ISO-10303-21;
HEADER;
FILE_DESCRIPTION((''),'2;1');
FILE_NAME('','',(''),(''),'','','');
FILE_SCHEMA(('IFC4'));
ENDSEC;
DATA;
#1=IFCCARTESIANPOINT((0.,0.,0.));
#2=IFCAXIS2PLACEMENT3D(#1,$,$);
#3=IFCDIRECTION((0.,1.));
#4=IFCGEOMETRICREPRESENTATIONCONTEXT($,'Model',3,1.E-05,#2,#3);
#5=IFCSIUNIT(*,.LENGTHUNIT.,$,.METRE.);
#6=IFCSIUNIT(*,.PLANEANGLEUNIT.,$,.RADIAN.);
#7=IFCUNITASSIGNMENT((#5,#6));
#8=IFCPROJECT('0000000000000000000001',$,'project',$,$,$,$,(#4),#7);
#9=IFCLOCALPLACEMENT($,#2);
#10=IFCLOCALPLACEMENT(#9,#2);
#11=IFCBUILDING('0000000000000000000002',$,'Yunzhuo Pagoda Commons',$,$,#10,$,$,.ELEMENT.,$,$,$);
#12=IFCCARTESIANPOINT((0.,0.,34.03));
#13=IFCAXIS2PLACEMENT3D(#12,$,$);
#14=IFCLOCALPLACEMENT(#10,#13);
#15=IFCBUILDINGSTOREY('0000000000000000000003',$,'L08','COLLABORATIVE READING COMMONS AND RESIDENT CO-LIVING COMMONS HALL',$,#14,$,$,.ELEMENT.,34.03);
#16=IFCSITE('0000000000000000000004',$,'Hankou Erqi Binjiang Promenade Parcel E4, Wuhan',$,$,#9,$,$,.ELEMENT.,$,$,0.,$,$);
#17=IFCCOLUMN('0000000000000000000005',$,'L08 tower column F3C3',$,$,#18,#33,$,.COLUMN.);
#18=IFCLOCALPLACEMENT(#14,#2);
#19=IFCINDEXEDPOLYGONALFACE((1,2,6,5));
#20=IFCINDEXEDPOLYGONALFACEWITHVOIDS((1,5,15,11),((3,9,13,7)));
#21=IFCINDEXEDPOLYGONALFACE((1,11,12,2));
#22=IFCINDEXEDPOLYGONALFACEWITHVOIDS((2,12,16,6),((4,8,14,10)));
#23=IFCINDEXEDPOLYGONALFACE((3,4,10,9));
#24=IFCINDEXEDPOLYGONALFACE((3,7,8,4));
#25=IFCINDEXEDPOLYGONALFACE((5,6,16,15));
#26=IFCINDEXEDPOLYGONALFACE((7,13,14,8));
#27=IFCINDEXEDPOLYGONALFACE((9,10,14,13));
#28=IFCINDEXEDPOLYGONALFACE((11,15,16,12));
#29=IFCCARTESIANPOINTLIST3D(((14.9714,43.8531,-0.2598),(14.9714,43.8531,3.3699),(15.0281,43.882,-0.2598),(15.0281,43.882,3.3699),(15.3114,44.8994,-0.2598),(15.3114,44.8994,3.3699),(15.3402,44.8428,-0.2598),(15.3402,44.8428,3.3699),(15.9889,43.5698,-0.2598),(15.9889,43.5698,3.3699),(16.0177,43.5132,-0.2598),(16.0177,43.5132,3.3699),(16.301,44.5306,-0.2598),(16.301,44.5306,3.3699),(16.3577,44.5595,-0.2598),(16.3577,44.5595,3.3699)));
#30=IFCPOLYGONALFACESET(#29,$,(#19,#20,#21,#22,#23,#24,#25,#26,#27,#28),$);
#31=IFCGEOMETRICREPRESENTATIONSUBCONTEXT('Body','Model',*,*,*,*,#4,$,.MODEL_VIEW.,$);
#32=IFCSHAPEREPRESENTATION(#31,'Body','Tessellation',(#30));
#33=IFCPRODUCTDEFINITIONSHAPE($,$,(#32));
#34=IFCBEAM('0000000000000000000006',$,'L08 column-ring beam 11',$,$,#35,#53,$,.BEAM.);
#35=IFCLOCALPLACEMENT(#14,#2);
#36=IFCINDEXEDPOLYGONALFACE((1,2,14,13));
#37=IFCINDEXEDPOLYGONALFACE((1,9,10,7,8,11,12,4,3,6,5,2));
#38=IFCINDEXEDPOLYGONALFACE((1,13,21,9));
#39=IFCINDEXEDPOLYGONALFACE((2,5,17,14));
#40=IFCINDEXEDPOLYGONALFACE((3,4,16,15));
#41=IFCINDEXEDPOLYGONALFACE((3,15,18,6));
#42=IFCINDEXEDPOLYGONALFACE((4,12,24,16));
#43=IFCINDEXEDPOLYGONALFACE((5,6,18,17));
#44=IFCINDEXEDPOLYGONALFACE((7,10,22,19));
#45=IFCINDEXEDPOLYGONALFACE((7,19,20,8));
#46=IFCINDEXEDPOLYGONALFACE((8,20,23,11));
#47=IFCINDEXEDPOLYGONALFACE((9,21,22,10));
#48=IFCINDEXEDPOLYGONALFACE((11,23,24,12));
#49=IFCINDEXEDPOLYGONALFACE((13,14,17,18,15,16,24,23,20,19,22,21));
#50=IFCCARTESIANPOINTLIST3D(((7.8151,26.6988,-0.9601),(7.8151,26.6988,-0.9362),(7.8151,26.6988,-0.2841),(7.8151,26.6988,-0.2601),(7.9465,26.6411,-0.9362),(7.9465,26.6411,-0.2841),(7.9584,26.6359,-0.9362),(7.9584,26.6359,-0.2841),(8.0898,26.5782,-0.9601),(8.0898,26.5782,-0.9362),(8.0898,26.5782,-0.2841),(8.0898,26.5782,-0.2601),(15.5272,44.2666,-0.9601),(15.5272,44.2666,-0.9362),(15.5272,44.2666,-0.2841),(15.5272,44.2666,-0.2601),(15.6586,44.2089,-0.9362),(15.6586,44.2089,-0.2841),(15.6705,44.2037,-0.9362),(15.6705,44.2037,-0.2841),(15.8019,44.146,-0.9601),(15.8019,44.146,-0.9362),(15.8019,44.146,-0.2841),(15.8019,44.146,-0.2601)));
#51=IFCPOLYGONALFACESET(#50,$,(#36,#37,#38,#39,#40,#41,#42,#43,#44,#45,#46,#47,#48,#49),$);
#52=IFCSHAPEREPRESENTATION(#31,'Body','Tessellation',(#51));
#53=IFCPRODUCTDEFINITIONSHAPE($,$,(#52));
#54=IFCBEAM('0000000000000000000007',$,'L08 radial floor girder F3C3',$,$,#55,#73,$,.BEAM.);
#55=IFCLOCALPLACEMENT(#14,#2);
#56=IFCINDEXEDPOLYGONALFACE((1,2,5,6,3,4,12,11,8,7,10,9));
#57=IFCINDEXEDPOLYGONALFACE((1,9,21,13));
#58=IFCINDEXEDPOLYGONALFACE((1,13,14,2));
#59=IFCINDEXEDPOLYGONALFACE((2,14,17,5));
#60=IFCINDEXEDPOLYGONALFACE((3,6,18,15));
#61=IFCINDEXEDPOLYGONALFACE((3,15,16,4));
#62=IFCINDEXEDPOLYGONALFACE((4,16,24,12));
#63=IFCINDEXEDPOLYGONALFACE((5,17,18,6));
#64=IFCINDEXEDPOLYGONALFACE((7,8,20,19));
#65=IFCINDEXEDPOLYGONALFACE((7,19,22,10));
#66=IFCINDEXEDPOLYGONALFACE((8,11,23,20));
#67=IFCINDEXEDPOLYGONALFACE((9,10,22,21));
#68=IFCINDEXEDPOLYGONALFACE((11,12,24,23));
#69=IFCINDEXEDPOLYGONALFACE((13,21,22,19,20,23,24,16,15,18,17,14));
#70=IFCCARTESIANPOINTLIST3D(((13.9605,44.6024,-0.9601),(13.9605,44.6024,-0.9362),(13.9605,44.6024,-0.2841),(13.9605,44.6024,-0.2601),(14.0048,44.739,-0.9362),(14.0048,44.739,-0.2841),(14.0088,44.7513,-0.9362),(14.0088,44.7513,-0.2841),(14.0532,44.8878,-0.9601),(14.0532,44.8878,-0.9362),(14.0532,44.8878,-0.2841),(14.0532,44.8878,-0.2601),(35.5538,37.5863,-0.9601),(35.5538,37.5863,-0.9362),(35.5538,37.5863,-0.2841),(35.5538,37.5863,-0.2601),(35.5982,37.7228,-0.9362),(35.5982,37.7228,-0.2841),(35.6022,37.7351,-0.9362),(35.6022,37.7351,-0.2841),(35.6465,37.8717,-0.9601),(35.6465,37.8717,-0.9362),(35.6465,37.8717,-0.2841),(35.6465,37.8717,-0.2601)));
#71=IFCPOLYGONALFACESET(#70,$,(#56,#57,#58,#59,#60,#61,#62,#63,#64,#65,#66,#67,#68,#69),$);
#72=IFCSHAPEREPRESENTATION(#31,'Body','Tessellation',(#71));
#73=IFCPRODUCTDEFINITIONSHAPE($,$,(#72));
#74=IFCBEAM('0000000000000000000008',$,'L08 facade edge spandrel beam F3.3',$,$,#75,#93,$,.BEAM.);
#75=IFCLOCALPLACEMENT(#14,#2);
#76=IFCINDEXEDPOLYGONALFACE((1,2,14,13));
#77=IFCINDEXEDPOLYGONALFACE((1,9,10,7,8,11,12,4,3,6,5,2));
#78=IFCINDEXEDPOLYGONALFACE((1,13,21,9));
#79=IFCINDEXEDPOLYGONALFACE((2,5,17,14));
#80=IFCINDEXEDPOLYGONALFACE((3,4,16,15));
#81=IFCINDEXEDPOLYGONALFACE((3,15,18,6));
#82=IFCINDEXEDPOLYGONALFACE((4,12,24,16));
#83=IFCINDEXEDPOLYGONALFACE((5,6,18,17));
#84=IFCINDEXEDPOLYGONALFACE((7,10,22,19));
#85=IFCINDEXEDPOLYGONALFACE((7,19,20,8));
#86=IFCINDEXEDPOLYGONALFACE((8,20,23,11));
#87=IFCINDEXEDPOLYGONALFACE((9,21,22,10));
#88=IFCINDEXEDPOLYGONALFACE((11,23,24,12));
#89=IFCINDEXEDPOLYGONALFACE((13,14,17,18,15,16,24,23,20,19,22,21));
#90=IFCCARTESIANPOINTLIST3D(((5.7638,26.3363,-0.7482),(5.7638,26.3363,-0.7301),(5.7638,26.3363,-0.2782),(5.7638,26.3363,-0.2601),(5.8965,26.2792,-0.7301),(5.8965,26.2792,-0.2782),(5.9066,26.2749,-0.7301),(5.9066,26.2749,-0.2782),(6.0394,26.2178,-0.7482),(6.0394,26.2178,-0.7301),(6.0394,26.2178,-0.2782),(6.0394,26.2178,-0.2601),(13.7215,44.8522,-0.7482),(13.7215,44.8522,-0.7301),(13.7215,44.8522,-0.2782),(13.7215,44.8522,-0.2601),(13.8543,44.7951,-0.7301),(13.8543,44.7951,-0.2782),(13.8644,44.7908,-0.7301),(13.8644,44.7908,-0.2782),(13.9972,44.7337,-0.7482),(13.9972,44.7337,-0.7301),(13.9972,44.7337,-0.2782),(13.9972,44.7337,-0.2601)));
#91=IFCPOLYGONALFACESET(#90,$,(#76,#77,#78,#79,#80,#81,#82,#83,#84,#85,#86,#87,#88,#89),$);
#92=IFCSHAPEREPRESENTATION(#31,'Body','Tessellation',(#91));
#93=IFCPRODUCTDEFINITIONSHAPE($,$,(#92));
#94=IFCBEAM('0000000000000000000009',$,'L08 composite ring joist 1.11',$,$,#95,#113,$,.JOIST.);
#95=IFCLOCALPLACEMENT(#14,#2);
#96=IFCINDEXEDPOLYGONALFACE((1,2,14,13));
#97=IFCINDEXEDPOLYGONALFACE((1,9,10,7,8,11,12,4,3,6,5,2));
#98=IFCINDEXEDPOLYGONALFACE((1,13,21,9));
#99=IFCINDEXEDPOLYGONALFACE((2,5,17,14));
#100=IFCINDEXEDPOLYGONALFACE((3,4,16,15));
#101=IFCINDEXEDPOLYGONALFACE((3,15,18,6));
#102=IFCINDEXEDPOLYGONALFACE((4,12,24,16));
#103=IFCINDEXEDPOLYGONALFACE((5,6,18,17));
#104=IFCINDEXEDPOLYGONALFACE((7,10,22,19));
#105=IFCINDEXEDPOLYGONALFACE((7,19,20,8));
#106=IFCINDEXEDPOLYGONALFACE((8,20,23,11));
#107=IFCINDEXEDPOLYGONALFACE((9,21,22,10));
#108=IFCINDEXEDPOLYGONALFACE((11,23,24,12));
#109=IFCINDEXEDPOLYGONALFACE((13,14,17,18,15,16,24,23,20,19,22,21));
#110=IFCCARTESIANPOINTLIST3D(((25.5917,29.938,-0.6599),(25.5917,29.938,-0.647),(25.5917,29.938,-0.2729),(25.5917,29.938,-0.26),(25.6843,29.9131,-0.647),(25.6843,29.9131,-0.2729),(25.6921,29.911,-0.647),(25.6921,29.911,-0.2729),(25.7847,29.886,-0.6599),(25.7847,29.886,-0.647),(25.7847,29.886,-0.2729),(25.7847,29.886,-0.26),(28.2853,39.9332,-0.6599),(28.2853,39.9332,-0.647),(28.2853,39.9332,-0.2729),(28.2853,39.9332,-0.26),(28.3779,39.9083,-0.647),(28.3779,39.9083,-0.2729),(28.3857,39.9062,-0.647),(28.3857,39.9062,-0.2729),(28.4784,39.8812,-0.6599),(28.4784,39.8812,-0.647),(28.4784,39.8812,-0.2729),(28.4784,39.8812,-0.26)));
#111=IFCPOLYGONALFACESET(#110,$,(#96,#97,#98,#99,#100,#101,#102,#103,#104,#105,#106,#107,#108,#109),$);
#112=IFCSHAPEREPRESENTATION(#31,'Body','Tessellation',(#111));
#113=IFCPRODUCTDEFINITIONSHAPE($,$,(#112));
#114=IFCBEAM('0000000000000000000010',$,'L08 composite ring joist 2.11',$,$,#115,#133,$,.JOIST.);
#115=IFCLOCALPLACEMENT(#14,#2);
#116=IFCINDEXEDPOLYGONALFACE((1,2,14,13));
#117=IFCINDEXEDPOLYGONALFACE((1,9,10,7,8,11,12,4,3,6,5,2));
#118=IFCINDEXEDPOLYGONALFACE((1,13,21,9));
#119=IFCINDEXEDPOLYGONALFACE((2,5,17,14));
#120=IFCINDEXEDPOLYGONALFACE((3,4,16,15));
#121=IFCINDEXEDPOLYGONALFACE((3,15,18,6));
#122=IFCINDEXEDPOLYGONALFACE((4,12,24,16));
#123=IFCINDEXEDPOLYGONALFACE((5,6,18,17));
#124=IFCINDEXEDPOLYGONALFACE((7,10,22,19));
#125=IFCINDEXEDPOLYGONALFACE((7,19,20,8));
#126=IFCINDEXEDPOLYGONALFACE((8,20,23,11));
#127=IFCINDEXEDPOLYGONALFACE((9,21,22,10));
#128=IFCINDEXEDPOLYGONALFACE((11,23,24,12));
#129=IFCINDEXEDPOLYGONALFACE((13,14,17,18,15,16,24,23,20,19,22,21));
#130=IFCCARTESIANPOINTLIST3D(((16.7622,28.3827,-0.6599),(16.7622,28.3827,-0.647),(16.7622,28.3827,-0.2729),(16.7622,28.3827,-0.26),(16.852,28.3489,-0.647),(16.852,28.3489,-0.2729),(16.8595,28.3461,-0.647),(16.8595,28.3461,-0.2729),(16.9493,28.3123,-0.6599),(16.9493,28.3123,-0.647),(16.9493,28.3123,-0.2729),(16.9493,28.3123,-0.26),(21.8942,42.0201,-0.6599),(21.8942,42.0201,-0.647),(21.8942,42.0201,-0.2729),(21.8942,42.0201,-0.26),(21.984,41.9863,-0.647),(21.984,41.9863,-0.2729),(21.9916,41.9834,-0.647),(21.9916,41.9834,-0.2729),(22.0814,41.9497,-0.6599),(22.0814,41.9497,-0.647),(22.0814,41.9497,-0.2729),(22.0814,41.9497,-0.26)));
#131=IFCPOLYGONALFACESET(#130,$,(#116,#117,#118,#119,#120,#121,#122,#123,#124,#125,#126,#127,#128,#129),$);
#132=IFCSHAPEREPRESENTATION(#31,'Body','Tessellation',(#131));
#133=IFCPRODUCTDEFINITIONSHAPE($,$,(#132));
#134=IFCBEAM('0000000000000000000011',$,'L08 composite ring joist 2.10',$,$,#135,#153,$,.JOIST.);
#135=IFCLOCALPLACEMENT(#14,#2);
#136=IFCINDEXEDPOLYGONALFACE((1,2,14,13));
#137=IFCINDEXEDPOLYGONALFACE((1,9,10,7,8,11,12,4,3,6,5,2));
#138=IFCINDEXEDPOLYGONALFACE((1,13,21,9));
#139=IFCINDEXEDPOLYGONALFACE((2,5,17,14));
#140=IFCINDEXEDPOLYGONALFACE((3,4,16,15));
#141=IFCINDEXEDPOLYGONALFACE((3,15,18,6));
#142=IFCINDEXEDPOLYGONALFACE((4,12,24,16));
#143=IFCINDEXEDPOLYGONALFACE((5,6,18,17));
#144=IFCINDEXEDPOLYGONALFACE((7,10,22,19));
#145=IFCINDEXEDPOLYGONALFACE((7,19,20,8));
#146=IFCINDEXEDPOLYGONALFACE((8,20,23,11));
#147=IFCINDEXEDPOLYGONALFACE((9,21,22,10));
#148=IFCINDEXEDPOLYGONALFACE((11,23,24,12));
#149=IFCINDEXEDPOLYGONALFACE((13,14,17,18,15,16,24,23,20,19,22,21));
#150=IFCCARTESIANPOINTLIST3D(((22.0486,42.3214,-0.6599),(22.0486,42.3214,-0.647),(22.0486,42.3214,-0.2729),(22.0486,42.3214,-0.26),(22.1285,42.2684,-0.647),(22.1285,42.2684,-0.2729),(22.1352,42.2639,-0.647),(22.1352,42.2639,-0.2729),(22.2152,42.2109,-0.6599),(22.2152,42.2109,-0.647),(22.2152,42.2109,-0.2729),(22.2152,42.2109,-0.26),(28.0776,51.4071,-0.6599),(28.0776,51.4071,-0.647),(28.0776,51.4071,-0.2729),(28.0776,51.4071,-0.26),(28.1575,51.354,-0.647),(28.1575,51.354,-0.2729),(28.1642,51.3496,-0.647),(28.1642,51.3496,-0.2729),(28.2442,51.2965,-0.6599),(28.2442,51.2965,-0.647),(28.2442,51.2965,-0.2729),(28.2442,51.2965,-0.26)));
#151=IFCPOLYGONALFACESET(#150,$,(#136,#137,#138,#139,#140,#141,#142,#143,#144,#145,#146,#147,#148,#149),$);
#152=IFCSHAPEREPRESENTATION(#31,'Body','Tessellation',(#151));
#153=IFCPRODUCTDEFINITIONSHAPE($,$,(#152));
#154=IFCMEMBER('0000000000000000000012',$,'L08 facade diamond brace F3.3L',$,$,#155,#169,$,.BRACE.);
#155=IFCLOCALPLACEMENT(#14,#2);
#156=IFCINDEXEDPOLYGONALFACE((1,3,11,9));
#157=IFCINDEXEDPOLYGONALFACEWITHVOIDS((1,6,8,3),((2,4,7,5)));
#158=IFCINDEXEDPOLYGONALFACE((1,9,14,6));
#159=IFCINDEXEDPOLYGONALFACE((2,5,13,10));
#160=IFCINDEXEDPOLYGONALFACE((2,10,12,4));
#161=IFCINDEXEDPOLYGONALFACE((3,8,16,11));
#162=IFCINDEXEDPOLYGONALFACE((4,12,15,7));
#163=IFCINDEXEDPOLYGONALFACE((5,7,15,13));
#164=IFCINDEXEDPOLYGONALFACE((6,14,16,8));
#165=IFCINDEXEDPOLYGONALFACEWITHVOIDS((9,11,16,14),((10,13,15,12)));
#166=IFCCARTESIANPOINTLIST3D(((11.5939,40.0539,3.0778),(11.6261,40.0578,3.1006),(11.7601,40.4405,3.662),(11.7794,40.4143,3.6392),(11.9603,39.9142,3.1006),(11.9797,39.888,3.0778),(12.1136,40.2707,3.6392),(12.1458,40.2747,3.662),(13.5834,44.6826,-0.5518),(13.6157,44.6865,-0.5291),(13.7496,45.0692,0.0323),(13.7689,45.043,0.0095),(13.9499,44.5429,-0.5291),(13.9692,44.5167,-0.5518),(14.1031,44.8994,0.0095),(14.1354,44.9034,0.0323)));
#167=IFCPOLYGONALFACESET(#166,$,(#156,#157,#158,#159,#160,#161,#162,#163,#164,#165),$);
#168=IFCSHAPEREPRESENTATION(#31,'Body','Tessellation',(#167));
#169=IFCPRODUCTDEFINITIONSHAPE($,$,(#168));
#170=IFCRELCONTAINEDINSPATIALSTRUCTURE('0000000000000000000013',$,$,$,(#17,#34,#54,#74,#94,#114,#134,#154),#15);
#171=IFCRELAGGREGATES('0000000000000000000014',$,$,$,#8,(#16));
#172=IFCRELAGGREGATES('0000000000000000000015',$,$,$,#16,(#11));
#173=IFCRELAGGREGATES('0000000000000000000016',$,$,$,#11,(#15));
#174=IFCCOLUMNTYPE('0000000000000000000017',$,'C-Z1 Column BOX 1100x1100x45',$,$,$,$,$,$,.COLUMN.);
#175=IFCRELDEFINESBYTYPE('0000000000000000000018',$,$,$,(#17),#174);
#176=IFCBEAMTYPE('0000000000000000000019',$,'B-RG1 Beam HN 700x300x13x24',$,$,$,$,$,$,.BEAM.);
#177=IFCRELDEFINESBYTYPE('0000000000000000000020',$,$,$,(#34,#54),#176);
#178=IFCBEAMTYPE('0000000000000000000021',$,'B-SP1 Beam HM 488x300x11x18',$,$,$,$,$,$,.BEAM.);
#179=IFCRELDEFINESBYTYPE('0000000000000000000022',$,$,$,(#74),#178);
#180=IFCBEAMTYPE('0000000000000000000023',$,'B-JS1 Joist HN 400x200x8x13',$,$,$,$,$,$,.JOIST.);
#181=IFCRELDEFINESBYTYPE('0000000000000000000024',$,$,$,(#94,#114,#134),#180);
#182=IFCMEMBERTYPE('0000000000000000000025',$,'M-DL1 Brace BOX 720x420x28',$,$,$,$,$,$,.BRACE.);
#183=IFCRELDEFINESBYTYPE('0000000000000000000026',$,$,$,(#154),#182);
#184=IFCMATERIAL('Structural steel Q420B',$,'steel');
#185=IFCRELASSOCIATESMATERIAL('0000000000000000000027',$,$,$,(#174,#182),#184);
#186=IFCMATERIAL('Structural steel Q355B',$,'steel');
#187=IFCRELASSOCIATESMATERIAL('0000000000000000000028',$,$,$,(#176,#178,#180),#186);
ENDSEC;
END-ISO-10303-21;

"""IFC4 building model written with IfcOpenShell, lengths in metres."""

from ifc_helpers import new_model, si_unit, direction, frame, origin, origin_2d, place, context, subcontext, project, spatial, hollow_rectangle, i_section, extrude, source, transform, mapped, material, material_profile, profile_set, type_object, element, save


model = new_model("IFC4")

# Units and contexts
model_context = context("Model", 3, precision=1e-05, world=origin(), true_north=direction((0.0, 1.0)))
body_context = subcontext(model_context, "Body", "Model", "MODEL_VIEW")
ifc_project = project(units=[si_unit("LENGTHUNIT", "METRE"), si_unit("PLANEANGLEUNIT", "RADIAN")], contexts=[model_context])

# Site, building, storey
site_placement = place(None, origin())
site = spatial("IfcSite", under=ifc_project, at=site_placement, Name="Hankou Erqi Binjiang Promenade Parcel E4, Wuhan", CompositionType="ELEMENT", RefElevation=0.0)
building_placement = place(site_placement, origin())
building = spatial("IfcBuilding", under=site, at=building_placement, Name="Yunzhuo Pagoda Commons", CompositionType="ELEMENT")
storey_placement = place(building_placement, frame((0.0, 0.0, 34.03)))
storey = spatial("IfcBuildingStorey", under=building, at=storey_placement, Name="L08", Description="COLLABORATIVE READING COMMONS AND RESIDENT CO-LIVING COMMONS HALL", CompositionType="ELEMENT", Elevation=34.03)

# Column
ifc_material_1 = material(Name="Structural steel Q420B", Category="steel")
ifc_material_profile_1 = material_profile(ifc_material_1, hollow_rectangle(XDim=1.1001, YDim=1.1001, WallThickness=0.0449, at=origin_2d()), Name="Structural steel Q420B")
ifc_profile_set_1 = profile_set([ifc_material_profile_1], Name="Structural steel Q420B")
column_type = type_object("IfcColumnType", Name="C-Z1 Column BOX 1100x1100x45", PredefinedType="COLUMN", material=ifc_profile_set_1)
shared_shape_1 = source(origin(), body_context, "Body", "SweptSolid", [
    extrude(hollow_rectangle(XDim=1.1001, YDim=1.1001, WallThickness=0.0449, at=origin_2d()), origin(), (0.0, 0.0, 1.0), 3.6296),
])
column_placement = place(storey_placement, frame((15.6646, 44.2063, -0.2598), z_axis=(0.0, 0.0, 1.0), x_axis=(-0.309017, -0.951057, 0.0)))
element("IfcColumn", 1, at=column_placement, inside=storey, type_object=column_type, Name="L08 tower column F3C3", PredefinedType="COLUMN", context=body_context, shape_type="MappedRepresentation", body=[
    mapped(shared_shape_1, transform((0.0, 0.0, 0.0), scale=1.0)),
])

# Beams
ifc_material_2 = material(Name="Structural steel Q355B", Category="steel")
ifc_material_profile_2 = material_profile(ifc_material_2, i_section(OverallWidth=0.3, OverallDepth=0.7, WebThickness=0.0129, FlangeThickness=0.0239, at=origin_2d()), Name="Structural steel Q355B")
ifc_profile_set_2 = profile_set([ifc_material_profile_2], Name="Structural steel Q355B")
beam_type_1 = type_object("IfcBeamType", Name="B-RG1 Beam HN 700x300x13x24", PredefinedType="BEAM", material=ifc_profile_set_2)
shared_shape_2 = source(origin(), body_context, "Body", "SweptSolid", [
    extrude(i_section(OverallWidth=0.3, OverallDepth=0.7, WebThickness=0.0129, FlangeThickness=0.0239, at=origin_2d()), origin(), (0.0, 0.0, 1.0), 19.186),
])
beam_1_placement = place(storey_placement, frame((15.6646, 44.2063, -0.6101), z_axis=(-0.401965, -0.915655, 0.0), x_axis=(0.915655, -0.401965, 0.0)))
element("IfcBeam", 2, at=beam_1_placement, inside=storey, type_object=beam_type_1, Name="L08 column-ring beam 11", PredefinedType="BEAM", context=body_context, shape_type="MappedRepresentation", body=[
    mapped(shared_shape_2, transform((0.0, 0.0, 0.0), scale=1.0)),
])
shared_shape_3 = source(origin(), body_context, "Body", "SweptSolid", [
    extrude(i_section(OverallWidth=0.3, OverallDepth=0.7, WebThickness=0.0129, FlangeThickness=0.0239, at=origin_2d()), origin(), (0.0, 0.0, 1.0), 22.7046),
])
beam_2_placement = place(storey_placement, frame((14.0068, 44.7451, -0.6101), z_axis=(0.951056, -0.309018, 0.0), x_axis=(0.309018, 0.951056, 0.0)))
element("IfcBeam", 3, at=beam_2_placement, inside=storey, type_object=beam_type_1, Name="L08 radial floor girder F3C3", PredefinedType="BEAM", context=body_context, shape_type="MappedRepresentation", body=[
    mapped(shared_shape_3, transform((0.0, 0.0, 0.0), scale=1.0)),
])
ifc_material_profile_3 = material_profile(ifc_material_2, i_section(OverallWidth=0.3, OverallDepth=0.488, WebThickness=0.011, FlangeThickness=0.0181, at=origin_2d()), Name="Structural steel Q355B")
ifc_profile_set_3 = profile_set([ifc_material_profile_3], Name="Structural steel Q355B")
beam_type_2 = type_object("IfcBeamType", Name="B-SP1 Beam HM 488x300x11x18", PredefinedType="BEAM", material=ifc_profile_set_3)
shared_shape_4 = source(origin(), body_context, "Body", "SweptSolid", [
    extrude(i_section(OverallWidth=0.3, OverallDepth=0.488, WebThickness=0.011, FlangeThickness=0.0181, at=origin_2d()), origin(), (0.0, 0.0, 1.0), 20.1536),
])
beam_3_placement = place(storey_placement, frame((13.8594, 44.793, -0.5042), z_axis=(-0.394858, -0.918742, 0.0), x_axis=(0.918742, -0.394858, 0.0)))
element("IfcBeam", 4, at=beam_3_placement, inside=storey, type_object=beam_type_2, Name="L08 facade edge spandrel beam F3.3", PredefinedType="BEAM", context=body_context, shape_type="MappedRepresentation", body=[
    mapped(shared_shape_4, transform((0.0, 0.0, 0.0), scale=1.0)),
])
ifc_material_profile_4 = material_profile(ifc_material_2, i_section(OverallWidth=0.2, OverallDepth=0.3999, WebThickness=0.0081, FlangeThickness=0.0129, at=origin_2d()), Name="Structural steel Q355B")
ifc_profile_set_4 = profile_set([ifc_material_profile_4], Name="Structural steel Q355B")
beam_type_3 = type_object("IfcBeamType", Name="B-JS1 Joist HN 400x200x8x13", PredefinedType="JOIST", material=ifc_profile_set_4)
shared_shape_5 = source(origin(), body_context, "Body", "SweptSolid", [
    extrude(i_section(OverallWidth=0.2, OverallDepth=0.3999, WebThickness=0.0081, FlangeThickness=0.0129, at=origin_2d()), origin(), (0.0, 0.0, 1.0), 10.3518),
])
beam_4_placement = place(storey_placement, frame((28.3818, 39.9072, -0.46), z_axis=(-0.260209, -0.965552, 0.0), x_axis=(0.965552, -0.260209, 0.0)))
element("IfcBeam", 5, at=beam_4_placement, inside=storey, type_object=beam_type_3, Name="L08 composite ring joist 1.11", PredefinedType="JOIST", context=body_context, shape_type="MappedRepresentation", body=[
    mapped(shared_shape_5, transform((0.0, 0.0, 0.0), scale=1.0)),
])
shared_shape_6 = source(origin(), body_context, "Body", "SweptSolid", [
    extrude(i_section(OverallWidth=0.2, OverallDepth=0.3999, WebThickness=0.0081, FlangeThickness=0.0129, at=origin_2d()), origin(), (0.0, 0.0, 1.0), 14.571),
])
beam_5_placement = place(storey_placement, frame((21.9878, 41.9849, -0.46), z_axis=(-0.352208, -0.935922, 0.0), x_axis=(0.935922, -0.352208, 0.0)))
element("IfcBeam", 6, at=beam_5_placement, inside=storey, type_object=beam_type_3, Name="L08 composite ring joist 2.11", PredefinedType="JOIST", context=body_context, shape_type="MappedRepresentation", body=[
    mapped(shared_shape_6, transform((0.0, 0.0, 0.0), scale=1.0)),
])
shared_shape_7 = source(origin(), body_context, "Body", "SweptSolid", [
    extrude(i_section(OverallWidth=0.2, OverallDepth=0.3999, WebThickness=0.0081, FlangeThickness=0.0129, at=origin_2d()), origin(), (0.0, 0.0, 1.0), 10.9041),
])
beam_6_placement = place(storey_placement, frame((28.1609, 51.3518, -0.46), z_axis=(-0.552916, -0.833237, 0.0), x_axis=(0.833237, -0.552916, 0.0)))
element("IfcBeam", 7, at=beam_6_placement, inside=storey, type_object=beam_type_3, Name="L08 composite ring joist 2.10", PredefinedType="JOIST", context=body_context, shape_type="MappedRepresentation", body=[
    mapped(shared_shape_7, transform((0.0, 0.0, 0.0), scale=1.0)),
])

# Member
ifc_material_profile_5 = material_profile(ifc_material_1, hollow_rectangle(XDim=0.4199, YDim=0.72, WallThickness=0.0281, at=origin_2d()), Name="Structural steel Q420B")
ifc_profile_set_5 = profile_set([ifc_material_profile_5], Name="Structural steel Q420B")
member_type_1 = type_object("IfcMemberType", Name="M-DL1 Brace BOX 720x420x28", PredefinedType="BRACE", material=ifc_profile_set_5)
shared_shape_8 = source(origin(), body_context, "Body", "SweptSolid", [
    extrude(hollow_rectangle(XDim=0.4199, YDim=0.72, WallThickness=0.0281, at=origin_2d()), origin(), (0.0, 0.0, 1.0), 6.2095),
])
member_1_placement = place(storey_placement, frame((13.8594, 44.793, -0.2598), z_axis=(-0.320401, -0.745426, 0.584537), x_axis=(0.918728, -0.39489, 0.0)))
element("IfcMember", 8, at=member_1_placement, inside=storey, type_object=member_type_1, Name="L08 facade diamond brace F3.3L", PredefinedType="BRACE", context=body_context, shape_type="MappedRepresentation", body=[
    mapped(shared_shape_8, transform((0.0, 0.0, 0.0), scale=1.0)),
])

save(model, "model.ifc")
